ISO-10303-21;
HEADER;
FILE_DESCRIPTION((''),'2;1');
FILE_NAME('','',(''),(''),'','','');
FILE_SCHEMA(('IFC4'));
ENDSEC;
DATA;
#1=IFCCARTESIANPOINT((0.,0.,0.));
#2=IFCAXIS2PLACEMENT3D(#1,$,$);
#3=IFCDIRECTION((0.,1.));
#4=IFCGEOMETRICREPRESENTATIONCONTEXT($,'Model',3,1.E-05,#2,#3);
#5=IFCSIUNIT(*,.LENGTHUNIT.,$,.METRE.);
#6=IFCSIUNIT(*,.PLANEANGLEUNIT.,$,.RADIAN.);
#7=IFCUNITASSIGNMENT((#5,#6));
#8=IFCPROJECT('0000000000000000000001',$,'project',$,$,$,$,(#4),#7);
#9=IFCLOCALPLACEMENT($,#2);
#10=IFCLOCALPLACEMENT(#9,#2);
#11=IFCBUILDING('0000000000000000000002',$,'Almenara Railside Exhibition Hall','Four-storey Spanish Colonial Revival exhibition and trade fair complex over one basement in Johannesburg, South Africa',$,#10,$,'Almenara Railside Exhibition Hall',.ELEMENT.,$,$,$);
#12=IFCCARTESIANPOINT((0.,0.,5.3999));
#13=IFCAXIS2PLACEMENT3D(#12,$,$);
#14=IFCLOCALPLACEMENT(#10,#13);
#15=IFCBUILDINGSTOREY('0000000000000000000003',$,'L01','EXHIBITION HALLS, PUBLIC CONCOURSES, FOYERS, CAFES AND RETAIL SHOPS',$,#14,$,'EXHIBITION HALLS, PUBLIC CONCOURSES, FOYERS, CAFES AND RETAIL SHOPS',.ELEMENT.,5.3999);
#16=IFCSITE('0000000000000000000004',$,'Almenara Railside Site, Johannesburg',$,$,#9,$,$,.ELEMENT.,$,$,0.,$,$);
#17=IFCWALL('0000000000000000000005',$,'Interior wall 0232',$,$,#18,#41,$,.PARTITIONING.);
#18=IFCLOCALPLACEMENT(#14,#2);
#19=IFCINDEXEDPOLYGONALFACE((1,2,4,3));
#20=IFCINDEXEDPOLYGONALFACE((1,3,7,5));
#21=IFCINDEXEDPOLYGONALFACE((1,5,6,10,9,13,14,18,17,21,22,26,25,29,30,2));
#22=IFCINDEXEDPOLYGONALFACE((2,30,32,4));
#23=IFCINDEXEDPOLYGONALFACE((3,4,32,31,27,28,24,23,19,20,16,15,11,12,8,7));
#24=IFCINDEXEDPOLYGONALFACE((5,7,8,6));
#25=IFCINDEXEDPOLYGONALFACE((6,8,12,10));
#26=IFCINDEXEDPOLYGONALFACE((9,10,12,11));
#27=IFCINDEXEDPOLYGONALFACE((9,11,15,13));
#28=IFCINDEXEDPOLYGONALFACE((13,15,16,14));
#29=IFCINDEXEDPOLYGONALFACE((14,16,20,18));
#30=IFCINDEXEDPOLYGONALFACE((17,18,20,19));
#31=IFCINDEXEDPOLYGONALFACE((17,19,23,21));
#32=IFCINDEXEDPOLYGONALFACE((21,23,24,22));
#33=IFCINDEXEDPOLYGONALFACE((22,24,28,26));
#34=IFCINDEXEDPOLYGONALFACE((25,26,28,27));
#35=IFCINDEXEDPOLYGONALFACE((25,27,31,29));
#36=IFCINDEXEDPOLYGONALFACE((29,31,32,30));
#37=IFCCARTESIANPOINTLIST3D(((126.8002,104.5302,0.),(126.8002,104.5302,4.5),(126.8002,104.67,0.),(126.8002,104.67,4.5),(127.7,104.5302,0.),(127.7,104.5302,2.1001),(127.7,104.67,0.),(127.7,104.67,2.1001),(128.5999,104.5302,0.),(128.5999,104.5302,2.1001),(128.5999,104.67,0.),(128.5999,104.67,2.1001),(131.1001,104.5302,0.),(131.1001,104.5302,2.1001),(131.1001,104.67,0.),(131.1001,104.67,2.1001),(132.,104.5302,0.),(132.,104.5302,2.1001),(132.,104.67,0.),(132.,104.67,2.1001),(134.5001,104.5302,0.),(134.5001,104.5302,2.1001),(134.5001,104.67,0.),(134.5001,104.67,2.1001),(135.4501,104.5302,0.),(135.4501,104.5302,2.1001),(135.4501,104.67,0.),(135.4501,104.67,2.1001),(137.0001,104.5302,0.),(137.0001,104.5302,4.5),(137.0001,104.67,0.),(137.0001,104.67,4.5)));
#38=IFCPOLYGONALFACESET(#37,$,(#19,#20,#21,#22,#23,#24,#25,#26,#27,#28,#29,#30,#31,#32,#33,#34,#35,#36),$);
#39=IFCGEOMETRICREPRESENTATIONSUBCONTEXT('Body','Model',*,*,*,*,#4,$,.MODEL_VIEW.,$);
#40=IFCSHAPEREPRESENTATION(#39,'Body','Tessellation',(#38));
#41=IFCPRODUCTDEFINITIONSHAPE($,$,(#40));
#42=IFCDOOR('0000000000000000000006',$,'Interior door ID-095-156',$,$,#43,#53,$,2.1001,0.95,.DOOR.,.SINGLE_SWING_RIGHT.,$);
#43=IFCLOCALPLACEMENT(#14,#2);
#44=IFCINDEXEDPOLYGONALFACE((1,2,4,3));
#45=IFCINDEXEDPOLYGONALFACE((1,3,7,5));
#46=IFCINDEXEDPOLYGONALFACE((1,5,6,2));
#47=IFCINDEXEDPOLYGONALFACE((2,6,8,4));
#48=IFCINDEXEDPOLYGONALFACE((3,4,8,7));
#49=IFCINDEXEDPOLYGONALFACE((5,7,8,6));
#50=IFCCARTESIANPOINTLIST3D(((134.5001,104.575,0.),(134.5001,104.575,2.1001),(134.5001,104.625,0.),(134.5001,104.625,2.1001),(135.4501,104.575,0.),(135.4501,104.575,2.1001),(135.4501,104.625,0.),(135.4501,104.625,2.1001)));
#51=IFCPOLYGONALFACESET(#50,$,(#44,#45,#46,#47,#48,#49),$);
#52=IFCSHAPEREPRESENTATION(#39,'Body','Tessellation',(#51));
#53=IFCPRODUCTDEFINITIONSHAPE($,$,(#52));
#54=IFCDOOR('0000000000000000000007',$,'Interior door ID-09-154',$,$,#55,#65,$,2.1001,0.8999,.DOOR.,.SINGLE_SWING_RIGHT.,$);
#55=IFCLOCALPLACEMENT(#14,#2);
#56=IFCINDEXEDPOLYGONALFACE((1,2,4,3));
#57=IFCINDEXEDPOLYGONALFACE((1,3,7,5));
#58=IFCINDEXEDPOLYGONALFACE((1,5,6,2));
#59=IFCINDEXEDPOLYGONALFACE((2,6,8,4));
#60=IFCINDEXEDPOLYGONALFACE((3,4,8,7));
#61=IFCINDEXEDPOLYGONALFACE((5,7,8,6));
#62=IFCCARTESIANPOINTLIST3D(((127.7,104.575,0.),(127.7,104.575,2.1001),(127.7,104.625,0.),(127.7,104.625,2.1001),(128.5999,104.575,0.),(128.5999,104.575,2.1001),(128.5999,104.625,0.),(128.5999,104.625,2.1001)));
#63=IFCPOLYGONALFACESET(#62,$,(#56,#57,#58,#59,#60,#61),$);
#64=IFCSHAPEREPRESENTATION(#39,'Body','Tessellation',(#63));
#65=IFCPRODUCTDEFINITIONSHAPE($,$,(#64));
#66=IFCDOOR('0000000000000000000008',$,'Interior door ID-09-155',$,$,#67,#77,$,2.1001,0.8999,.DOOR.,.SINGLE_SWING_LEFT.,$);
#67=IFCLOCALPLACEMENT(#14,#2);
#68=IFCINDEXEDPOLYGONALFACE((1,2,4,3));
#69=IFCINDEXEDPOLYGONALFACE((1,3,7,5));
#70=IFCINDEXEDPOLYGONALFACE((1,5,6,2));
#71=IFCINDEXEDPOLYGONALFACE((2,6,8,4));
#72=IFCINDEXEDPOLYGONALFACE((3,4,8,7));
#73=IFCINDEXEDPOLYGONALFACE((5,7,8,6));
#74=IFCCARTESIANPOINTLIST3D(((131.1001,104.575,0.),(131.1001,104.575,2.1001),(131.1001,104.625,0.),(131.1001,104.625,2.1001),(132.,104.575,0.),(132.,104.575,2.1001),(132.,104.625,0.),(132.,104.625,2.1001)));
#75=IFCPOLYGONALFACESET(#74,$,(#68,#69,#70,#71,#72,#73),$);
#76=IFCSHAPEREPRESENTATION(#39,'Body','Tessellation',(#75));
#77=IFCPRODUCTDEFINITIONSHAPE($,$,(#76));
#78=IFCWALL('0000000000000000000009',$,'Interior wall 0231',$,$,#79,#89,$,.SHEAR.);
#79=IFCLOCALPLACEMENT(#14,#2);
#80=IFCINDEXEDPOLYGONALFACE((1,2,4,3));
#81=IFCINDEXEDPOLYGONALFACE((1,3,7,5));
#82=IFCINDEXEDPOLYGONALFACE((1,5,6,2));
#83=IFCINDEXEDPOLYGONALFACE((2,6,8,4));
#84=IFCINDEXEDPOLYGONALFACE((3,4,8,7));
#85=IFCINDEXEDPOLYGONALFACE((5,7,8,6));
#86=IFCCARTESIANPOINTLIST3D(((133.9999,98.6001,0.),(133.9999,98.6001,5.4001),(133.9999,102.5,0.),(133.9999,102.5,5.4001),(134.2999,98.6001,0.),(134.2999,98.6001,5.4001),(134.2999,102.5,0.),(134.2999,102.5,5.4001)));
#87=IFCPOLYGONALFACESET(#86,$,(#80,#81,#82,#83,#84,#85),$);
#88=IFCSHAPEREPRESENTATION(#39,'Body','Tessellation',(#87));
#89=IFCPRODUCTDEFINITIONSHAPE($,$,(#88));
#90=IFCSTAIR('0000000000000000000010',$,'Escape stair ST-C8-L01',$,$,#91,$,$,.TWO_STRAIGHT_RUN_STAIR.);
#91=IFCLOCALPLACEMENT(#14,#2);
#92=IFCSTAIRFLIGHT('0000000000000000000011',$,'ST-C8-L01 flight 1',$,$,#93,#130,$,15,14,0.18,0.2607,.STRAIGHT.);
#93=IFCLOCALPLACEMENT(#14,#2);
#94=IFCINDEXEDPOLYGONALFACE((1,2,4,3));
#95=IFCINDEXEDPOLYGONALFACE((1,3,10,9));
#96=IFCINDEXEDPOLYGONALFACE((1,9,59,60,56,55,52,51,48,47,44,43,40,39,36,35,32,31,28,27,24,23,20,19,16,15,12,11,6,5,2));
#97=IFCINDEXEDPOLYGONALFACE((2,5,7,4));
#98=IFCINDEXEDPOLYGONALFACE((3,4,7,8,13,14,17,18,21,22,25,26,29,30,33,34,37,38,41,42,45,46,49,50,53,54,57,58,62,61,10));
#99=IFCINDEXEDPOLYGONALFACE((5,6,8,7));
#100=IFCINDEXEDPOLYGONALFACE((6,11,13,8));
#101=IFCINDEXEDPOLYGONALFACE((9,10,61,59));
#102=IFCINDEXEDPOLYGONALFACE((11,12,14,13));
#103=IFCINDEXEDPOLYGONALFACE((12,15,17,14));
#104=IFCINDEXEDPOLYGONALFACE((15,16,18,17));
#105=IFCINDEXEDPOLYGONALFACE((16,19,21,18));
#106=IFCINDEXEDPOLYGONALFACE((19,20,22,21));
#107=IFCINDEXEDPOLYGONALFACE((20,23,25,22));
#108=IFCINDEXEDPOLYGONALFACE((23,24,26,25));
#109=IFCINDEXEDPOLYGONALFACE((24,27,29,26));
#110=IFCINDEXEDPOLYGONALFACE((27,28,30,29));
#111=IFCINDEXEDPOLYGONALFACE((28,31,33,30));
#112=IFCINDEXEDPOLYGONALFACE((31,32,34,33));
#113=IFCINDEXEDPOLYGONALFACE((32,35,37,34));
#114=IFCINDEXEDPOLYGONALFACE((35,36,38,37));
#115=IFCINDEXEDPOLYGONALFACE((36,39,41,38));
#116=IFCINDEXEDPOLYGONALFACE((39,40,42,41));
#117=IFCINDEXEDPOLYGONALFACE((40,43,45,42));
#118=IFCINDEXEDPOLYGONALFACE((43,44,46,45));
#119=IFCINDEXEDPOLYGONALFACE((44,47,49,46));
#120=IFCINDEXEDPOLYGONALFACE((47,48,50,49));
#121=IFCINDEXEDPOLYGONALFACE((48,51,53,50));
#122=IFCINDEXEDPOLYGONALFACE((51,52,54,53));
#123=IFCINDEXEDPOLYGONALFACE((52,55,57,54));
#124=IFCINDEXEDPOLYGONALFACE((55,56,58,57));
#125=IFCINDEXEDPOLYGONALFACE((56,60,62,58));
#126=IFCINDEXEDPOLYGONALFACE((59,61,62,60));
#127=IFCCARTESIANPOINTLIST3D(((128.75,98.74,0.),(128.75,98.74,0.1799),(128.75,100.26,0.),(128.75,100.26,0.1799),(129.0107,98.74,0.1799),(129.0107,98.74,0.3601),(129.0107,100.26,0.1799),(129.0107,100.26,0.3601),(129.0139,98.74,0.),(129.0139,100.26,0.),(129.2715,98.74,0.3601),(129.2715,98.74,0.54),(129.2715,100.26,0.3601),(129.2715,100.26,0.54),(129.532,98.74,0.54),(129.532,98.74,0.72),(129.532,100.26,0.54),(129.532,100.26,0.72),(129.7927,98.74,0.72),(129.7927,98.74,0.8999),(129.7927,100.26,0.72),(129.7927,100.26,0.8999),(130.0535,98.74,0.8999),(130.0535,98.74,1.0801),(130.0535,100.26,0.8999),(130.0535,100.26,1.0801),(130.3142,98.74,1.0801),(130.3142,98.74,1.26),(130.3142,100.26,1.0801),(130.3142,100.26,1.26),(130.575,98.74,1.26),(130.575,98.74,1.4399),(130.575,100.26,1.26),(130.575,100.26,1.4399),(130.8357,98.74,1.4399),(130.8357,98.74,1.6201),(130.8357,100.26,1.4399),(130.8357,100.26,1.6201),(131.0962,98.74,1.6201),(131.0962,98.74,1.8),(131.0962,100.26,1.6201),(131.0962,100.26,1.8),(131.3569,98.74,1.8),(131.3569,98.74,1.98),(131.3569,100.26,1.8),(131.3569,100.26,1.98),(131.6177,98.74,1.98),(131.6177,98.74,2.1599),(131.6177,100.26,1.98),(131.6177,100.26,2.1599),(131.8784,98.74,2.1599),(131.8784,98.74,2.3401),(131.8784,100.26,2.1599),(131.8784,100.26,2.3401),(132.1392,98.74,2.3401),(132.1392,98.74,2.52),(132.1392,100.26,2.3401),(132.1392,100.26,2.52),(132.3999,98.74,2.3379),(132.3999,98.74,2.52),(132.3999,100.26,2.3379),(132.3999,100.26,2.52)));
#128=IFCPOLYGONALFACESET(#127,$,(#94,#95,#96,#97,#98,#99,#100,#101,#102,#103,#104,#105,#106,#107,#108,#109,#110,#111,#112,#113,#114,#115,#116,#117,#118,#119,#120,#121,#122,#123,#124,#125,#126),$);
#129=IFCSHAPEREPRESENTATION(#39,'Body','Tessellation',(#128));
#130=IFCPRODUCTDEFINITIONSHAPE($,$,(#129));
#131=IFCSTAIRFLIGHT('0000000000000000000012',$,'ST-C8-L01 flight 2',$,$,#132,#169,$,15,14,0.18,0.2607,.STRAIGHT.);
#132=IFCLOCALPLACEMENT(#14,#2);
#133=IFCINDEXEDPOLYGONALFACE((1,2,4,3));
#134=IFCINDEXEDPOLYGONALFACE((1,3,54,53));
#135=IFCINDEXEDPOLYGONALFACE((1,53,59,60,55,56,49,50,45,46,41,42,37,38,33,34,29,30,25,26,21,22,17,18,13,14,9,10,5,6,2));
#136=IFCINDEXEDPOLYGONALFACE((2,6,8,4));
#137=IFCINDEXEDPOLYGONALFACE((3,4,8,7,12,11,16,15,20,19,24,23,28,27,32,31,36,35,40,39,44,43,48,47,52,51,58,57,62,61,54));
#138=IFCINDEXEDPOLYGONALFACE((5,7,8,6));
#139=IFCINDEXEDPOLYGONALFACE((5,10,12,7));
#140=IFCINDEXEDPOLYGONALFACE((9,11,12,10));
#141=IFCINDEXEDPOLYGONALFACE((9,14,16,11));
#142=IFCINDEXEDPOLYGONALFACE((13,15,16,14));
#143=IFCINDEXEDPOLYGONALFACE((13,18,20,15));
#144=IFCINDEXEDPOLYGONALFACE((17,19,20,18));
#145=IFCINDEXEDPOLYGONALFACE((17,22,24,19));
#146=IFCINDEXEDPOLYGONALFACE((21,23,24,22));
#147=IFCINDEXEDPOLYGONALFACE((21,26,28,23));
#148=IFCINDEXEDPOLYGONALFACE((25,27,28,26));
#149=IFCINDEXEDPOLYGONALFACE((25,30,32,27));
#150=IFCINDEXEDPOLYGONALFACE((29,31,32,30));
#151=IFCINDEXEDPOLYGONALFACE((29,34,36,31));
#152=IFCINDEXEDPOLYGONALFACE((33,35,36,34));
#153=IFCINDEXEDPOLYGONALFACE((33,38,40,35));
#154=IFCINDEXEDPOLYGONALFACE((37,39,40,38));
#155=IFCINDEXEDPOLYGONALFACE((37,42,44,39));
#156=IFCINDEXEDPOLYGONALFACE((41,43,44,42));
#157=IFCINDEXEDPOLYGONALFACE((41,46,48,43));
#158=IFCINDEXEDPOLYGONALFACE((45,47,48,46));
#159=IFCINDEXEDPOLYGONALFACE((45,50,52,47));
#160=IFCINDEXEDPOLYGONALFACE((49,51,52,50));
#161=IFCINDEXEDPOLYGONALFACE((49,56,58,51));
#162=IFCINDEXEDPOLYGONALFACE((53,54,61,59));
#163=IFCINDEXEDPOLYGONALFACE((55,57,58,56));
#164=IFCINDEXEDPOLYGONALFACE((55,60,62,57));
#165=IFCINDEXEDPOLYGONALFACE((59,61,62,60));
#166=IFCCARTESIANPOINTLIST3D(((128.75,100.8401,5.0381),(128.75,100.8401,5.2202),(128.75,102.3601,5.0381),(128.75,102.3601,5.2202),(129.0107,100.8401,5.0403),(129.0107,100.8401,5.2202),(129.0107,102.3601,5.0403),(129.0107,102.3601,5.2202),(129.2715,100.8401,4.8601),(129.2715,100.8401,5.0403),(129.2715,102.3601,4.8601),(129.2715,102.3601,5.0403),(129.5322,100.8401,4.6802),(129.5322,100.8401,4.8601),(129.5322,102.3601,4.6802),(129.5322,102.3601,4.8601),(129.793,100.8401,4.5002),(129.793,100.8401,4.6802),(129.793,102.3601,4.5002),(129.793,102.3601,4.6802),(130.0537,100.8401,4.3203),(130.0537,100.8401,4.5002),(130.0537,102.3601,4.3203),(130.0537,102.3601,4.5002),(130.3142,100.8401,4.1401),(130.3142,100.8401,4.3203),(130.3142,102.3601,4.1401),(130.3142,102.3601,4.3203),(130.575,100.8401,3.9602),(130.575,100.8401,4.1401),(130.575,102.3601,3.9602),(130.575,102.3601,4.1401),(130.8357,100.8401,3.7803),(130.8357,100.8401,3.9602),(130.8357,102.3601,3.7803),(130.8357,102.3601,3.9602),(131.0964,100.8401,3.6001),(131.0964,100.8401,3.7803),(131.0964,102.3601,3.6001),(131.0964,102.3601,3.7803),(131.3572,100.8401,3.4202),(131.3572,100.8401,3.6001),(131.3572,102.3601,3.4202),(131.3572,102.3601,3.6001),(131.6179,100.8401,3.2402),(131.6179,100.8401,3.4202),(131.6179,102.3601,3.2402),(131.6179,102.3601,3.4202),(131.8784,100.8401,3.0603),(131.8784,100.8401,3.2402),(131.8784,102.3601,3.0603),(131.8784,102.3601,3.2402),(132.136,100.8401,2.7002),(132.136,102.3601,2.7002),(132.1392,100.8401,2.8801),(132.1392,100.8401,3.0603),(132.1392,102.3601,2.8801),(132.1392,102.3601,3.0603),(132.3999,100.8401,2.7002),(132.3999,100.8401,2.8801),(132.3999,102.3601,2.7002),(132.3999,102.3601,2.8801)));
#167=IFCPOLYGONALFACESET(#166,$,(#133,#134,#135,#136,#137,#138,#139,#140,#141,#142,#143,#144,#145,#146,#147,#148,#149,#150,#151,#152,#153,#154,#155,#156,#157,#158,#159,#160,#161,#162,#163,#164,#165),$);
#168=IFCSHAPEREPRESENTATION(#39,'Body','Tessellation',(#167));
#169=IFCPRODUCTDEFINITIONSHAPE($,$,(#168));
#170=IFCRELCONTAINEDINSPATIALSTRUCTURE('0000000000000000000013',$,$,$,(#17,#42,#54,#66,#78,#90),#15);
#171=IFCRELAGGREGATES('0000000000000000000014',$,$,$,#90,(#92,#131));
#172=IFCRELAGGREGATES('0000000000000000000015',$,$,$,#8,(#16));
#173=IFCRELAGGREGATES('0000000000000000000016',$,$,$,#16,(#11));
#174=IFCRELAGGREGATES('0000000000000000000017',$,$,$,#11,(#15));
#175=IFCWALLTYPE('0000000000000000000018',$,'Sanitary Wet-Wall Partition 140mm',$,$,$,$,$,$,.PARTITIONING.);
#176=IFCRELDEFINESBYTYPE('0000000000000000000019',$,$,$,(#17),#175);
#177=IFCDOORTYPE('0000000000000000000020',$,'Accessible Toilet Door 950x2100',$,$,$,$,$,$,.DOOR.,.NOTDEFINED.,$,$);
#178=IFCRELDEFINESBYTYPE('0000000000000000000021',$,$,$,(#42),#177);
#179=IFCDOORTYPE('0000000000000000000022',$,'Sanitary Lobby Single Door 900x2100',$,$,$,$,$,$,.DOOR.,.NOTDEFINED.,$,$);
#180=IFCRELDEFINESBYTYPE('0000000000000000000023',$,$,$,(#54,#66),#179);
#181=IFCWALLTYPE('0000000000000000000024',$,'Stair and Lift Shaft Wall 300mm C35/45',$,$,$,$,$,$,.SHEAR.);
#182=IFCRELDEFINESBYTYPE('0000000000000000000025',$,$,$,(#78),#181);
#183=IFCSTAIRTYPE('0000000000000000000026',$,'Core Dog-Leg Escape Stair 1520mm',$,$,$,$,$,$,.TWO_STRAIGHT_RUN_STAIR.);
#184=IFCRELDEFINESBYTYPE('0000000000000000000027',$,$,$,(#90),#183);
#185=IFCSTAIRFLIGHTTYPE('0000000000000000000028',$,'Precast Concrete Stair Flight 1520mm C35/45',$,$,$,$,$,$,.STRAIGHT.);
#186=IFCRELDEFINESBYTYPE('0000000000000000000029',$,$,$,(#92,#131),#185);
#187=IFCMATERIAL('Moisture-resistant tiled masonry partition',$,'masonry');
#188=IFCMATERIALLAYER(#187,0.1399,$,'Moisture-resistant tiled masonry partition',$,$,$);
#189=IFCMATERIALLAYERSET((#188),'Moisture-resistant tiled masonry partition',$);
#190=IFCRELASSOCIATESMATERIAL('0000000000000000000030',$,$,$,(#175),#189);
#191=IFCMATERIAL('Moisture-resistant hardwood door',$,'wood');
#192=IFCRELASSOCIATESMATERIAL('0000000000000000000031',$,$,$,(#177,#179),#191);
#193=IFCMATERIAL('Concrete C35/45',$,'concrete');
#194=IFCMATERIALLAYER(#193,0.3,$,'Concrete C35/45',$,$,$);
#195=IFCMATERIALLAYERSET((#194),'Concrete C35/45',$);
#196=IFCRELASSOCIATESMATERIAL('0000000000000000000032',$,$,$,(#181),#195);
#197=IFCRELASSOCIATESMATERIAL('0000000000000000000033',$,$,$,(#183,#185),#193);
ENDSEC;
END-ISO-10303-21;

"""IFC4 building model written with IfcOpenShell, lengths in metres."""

from ifc_helpers import new_model, si_unit, direction, frame, frame_2d, origin, place, context, subcontext, project, spatial, polyline, rectangle, outline, extrude, material, layer, layer_set, type_object, element, fill, aggregate, save


model = new_model("IFC4")

# Units and contexts
model_context = context("Model", 3, precision=1e-05, world=origin(), true_north=direction((0.0, 1.0)))
body_context = subcontext(model_context, "Body", "Model", "MODEL_VIEW")
ifc_project = project(units=[si_unit("LENGTHUNIT", "METRE"), si_unit("PLANEANGLEUNIT", "RADIAN")], contexts=[model_context])

# Site, building, storey
site_placement = place(None, origin())
site = spatial("IfcSite", under=ifc_project, at=site_placement, Name="Almenara Railside Site, Johannesburg", CompositionType="ELEMENT", RefElevation=0.0)
building_placement = place(site_placement, origin())
building = spatial("IfcBuilding", under=site, at=building_placement, Name="Almenara Railside Exhibition Hall", Description="Four-storey Spanish Colonial Revival exhibition and trade fair complex over one basement in Johannesburg, South Africa", LongName="Almenara Railside Exhibition Hall", CompositionType="ELEMENT")
storey_placement = place(building_placement, frame((0.0, 0.0, 5.3999)))
storey = spatial("IfcBuildingStorey", under=building, at=storey_placement, Name="L01", Description="EXHIBITION HALLS, PUBLIC CONCOURSES, FOYERS, CAFES AND RETAIL SHOPS", LongName="EXHIBITION HALLS, PUBLIC CONCOURSES, FOYERS, CAFES AND RETAIL SHOPS", CompositionType="ELEMENT", Elevation=5.3999)

# Shared definitions
ifc_material_1 = material(Name="Concrete C35/45", Category="concrete")

# Wall, openings, doors
ifc_material_2 = material(Name="Moisture-resistant tiled masonry partition", Category="masonry")
ifc_layer_1 = layer(ifc_material_2, 0.1399, Name="Moisture-resistant tiled masonry partition")
ifc_layer_set_1 = layer_set([ifc_layer_1], Name="Moisture-resistant tiled masonry partition")
wall_type_1 = type_object("IfcWallType", Name="Sanitary Wet-Wall Partition 140mm", PredefinedType="PARTITIONING", material=ifc_layer_set_1)
wall_1_placement = place(storey_placement, frame((126.8, 104.6001, 0.0), z_axis=(0.0, 0.0, 1.0), x_axis=(1.0, 0.0, 0.0)))
wall_1 = element("IfcWall", 1, at=wall_1_placement, inside=storey, type_object=wall_type_1, Name="Interior wall 0232", PredefinedType="PARTITIONING", context=body_context, shape_type="SweptSolid", body=[
    extrude(rectangle(XDim=10.2, YDim=0.1399, at=frame_2d((5.1001, 0.0))), origin(), (0.0, 0.0, 1.0), 4.5),
])
opening_1_placement = place(wall_1_placement, frame((0.8999, 0.0, 0.0)))
opening_1 = element("IfcOpeningElement", 2, at=opening_1_placement, cuts=wall_1, PredefinedType="OPENING", context=body_context, shape_type="SweptSolid", body=[
    extrude(rectangle(XDim=0.8999, YDim=2.1001, at=frame_2d((0.45, 1.05))), frame((0.0, 0.0798, 0.0), z_axis=(0.0, -1.0, 0.0), x_axis=(1.0, 0.0, 0.0)), (0.0, 0.0, 1.0), 0.1599),
])
opening_2_placement = place(wall_1_placement, frame((4.3, 0.0, 0.0)))
opening_2 = element("IfcOpeningElement", 3, at=opening_2_placement, cuts=wall_1, PredefinedType="OPENING", context=body_context, shape_type="SweptSolid", body=[
    extrude(rectangle(XDim=0.8999, YDim=2.1001, at=frame_2d((0.45, 1.05))), frame((0.0, 0.0798, 0.0), z_axis=(0.0, -1.0, 0.0), x_axis=(1.0, 0.0, 0.0)), (0.0, 0.0, 1.0), 0.1599),
])
opening_3_placement = place(wall_1_placement, frame((7.7, 0.0, 0.0)))
opening_3 = element("IfcOpeningElement", 4, at=opening_3_placement, cuts=wall_1, PredefinedType="OPENING", context=body_context, shape_type="SweptSolid", body=[
    extrude(rectangle(XDim=0.95, YDim=2.1001, at=frame_2d((0.4751, 1.05))), frame((0.0, 0.0798, 0.0), z_axis=(0.0, -1.0, 0.0), x_axis=(1.0, 0.0, 0.0)), (0.0, 0.0, 1.0), 0.1599),
])
ifc_material_3 = material(Name="Moisture-resistant hardwood door", Category="wood")
door_type_1 = type_object("IfcDoorType", Name="Accessible Toilet Door 950x2100", OperationType="NOTDEFINED", PredefinedType="DOOR", material=ifc_material_3)
door_1_placement = place(opening_3_placement, origin())
door_1 = element("IfcDoor", 5, at=door_1_placement, inside=storey, type_object=door_type_1, Name="Interior door ID-095-156", OperationType="SINGLE_SWING_RIGHT", OverallHeight=2.1001, OverallWidth=0.95, PredefinedType="DOOR", context=body_context, shape_type="SweptSolid", body=[
    extrude(rectangle(XDim=0.95, YDim=2.1001, at=frame_2d((0.4751, 1.05))), frame((0.0, 0.0249, 0.0), z_axis=(0.0, -1.0, 0.0), x_axis=(1.0, 0.0, 0.0)), (0.0, 0.0, 1.0), 0.05),
])
fill(opening_3, door_1)
door_type_2 = type_object("IfcDoorType", Name="Sanitary Lobby Single Door 900x2100", OperationType="NOTDEFINED", PredefinedType="DOOR", material=ifc_material_3)
door_2_placement = place(opening_1_placement, origin())
door_2 = element("IfcDoor", 6, at=door_2_placement, inside=storey, type_object=door_type_2, Name="Interior door ID-09-154", OperationType="SINGLE_SWING_RIGHT", OverallHeight=2.1001, OverallWidth=0.8999, PredefinedType="DOOR", context=body_context, shape_type="SweptSolid", body=[
    extrude(rectangle(XDim=0.8999, YDim=2.1001, at=frame_2d((0.45, 1.05))), frame((0.0, 0.0249, 0.0), z_axis=(0.0, -1.0, 0.0), x_axis=(1.0, 0.0, 0.0)), (0.0, 0.0, 1.0), 0.05),
])
fill(opening_1, door_2)
door_3_placement = place(opening_2_placement, origin())
door_3 = element("IfcDoor", 7, at=door_3_placement, inside=storey, type_object=door_type_2, Name="Interior door ID-09-155", OperationType="SINGLE_SWING_LEFT", OverallHeight=2.1001, OverallWidth=0.8999, PredefinedType="DOOR", context=body_context, shape_type="SweptSolid", body=[
    extrude(rectangle(XDim=0.8999, YDim=2.1001, at=frame_2d((0.45, 1.05))), frame((0.0, 0.0249, 0.0), z_axis=(0.0, -1.0, 0.0), x_axis=(1.0, 0.0, 0.0)), (0.0, 0.0, 1.0), 0.05),
])
fill(opening_2, door_3)
ifc_layer_2 = layer(ifc_material_1, 0.3, Name="Concrete C35/45")
ifc_layer_set_2 = layer_set([ifc_layer_2], Name="Concrete C35/45")
wall_type_2 = type_object("IfcWallType", Name="Stair and Lift Shaft Wall 300mm C35/45", PredefinedType="SHEAR", material=ifc_layer_set_2)

# Wall
wall_2_placement = place(storey_placement, frame((134.1499, 98.6001, 0.0), z_axis=(0.0, 0.0, 1.0), x_axis=(0.0, 1.0, 0.0)))
element("IfcWall", 8, at=wall_2_placement, inside=storey, type_object=wall_type_2, Name="Interior wall 0231", PredefinedType="SHEAR", context=body_context, shape_type="SweptSolid", body=[
    extrude(rectangle(XDim=3.8999, YDim=0.3, at=frame_2d((1.95, 0.0))), origin(), (0.0, 0.0, 1.0), 5.4001),
])

# Stair, stair flights
stair_type = type_object("IfcStairType", Name="Core Dog-Leg Escape Stair 1520mm", PredefinedType="TWO_STRAIGHT_RUN_STAIR", material=ifc_material_1)
stair_placement = place(storey_placement, origin())
stair = element("IfcStair", 9, at=stair_placement, inside=storey, type_object=stair_type, Name="Escape stair ST-C8-L01", PredefinedType="TWO_STRAIGHT_RUN_STAIR")
stair_flight_type = type_object("IfcStairFlightType", Name="Precast Concrete Stair Flight 1520mm C35/45", PredefinedType="STRAIGHT", material=ifc_material_1)
stair_flight_1_placement = place(storey_placement, frame((128.75, 99.5, 0.0), z_axis=(0.0, 0.0, 1.0), x_axis=(1.0, 0.0, 0.0)))
stair_flight_1 = element("IfcStairFlight", 10, at=stair_flight_1_placement, type_object=stair_flight_type, Name="ST-C8-L01 flight 1", NumberOfRisers=15, NumberOfTreads=14, PredefinedType="STRAIGHT", RiserHeight=0.18, TreadLength=0.2607, context=body_context, shape_type="SweptSolid", body=[
    extrude(outline(polyline([(0.0, 0.0), (0.0, 0.1799), (0.2607, 0.1799), (0.2607, 0.3601), (0.5215, 0.3601), (0.5215, 0.54), (0.782, 0.54), (0.782, 0.72), (1.0427, 0.72), (1.0427, 0.8999), (1.3035, 0.8999), (1.3035, 1.0801), (1.5642, 1.0801), (1.5642, 1.26), (1.825, 1.26), (1.825, 1.4399), (2.0857, 1.4399), (2.0857, 1.6201), (2.3462, 1.6201), (2.3462, 1.8), (2.6069, 1.8), (2.6069, 1.98), (2.8677, 1.98), (2.8677, 2.1599), (3.1284, 2.1599), (3.1284, 2.3401), (3.3892, 2.3401), (3.3892, 2.52), (3.6499, 2.52), (3.6499, 2.7), (3.6499, 2.3379), (0.2639, 0.0), (0.0, 0.0)])), frame((0.0, 0.76, 0.0), z_axis=(0.0, -1.0, 0.0), x_axis=(1.0, 0.0, 0.0)), (0.0, 0.0, 1.0), 1.52),
])
stair_flight_2_placement = place(storey_placement, frame((132.3999, 101.6001, 2.7002), z_axis=(0.0, 0.0, 1.0), x_axis=(-1.0, 0.0, 0.0)))
stair_flight_2 = element("IfcStairFlight", 11, at=stair_flight_2_placement, type_object=stair_flight_type, Name="ST-C8-L01 flight 2", NumberOfRisers=15, NumberOfTreads=14, PredefinedType="STRAIGHT", RiserHeight=0.18, TreadLength=0.2607, context=body_context, shape_type="SweptSolid", body=[
    extrude(outline(polyline([(0.0, 0.0), (0.0, 0.1799), (0.2607, 0.1799), (0.2607, 0.3601), (0.5215, 0.3601), (0.5215, 0.54), (0.782, 0.54), (0.782, 0.72), (1.0427, 0.72), (1.0427, 0.8999), (1.3035, 0.8999), (1.3035, 1.0801), (1.5642, 1.0801), (1.5642, 1.26), (1.825, 1.26), (1.825, 1.4399), (2.0857, 1.4399), (2.0857, 1.6201), (2.3462, 1.6201), (2.3462, 1.8), (2.6069, 1.8), (2.6069, 1.98), (2.8677, 1.98), (2.8677, 2.1599), (3.1284, 2.1599), (3.1284, 2.3401), (3.3892, 2.3401), (3.3892, 2.52), (3.6499, 2.52), (3.6499, 2.7), (3.6499, 2.3379), (0.2639, 0.0), (0.0, 0.0)])), frame((0.0, 0.76, 0.0), z_axis=(0.0, -1.0, 0.0), x_axis=(1.0, 0.0, 0.0)), (0.0, 0.0, 1.0), 1.52),
])
aggregate(stair, [stair_flight_1, stair_flight_2])

save(model, "model.ifc")
